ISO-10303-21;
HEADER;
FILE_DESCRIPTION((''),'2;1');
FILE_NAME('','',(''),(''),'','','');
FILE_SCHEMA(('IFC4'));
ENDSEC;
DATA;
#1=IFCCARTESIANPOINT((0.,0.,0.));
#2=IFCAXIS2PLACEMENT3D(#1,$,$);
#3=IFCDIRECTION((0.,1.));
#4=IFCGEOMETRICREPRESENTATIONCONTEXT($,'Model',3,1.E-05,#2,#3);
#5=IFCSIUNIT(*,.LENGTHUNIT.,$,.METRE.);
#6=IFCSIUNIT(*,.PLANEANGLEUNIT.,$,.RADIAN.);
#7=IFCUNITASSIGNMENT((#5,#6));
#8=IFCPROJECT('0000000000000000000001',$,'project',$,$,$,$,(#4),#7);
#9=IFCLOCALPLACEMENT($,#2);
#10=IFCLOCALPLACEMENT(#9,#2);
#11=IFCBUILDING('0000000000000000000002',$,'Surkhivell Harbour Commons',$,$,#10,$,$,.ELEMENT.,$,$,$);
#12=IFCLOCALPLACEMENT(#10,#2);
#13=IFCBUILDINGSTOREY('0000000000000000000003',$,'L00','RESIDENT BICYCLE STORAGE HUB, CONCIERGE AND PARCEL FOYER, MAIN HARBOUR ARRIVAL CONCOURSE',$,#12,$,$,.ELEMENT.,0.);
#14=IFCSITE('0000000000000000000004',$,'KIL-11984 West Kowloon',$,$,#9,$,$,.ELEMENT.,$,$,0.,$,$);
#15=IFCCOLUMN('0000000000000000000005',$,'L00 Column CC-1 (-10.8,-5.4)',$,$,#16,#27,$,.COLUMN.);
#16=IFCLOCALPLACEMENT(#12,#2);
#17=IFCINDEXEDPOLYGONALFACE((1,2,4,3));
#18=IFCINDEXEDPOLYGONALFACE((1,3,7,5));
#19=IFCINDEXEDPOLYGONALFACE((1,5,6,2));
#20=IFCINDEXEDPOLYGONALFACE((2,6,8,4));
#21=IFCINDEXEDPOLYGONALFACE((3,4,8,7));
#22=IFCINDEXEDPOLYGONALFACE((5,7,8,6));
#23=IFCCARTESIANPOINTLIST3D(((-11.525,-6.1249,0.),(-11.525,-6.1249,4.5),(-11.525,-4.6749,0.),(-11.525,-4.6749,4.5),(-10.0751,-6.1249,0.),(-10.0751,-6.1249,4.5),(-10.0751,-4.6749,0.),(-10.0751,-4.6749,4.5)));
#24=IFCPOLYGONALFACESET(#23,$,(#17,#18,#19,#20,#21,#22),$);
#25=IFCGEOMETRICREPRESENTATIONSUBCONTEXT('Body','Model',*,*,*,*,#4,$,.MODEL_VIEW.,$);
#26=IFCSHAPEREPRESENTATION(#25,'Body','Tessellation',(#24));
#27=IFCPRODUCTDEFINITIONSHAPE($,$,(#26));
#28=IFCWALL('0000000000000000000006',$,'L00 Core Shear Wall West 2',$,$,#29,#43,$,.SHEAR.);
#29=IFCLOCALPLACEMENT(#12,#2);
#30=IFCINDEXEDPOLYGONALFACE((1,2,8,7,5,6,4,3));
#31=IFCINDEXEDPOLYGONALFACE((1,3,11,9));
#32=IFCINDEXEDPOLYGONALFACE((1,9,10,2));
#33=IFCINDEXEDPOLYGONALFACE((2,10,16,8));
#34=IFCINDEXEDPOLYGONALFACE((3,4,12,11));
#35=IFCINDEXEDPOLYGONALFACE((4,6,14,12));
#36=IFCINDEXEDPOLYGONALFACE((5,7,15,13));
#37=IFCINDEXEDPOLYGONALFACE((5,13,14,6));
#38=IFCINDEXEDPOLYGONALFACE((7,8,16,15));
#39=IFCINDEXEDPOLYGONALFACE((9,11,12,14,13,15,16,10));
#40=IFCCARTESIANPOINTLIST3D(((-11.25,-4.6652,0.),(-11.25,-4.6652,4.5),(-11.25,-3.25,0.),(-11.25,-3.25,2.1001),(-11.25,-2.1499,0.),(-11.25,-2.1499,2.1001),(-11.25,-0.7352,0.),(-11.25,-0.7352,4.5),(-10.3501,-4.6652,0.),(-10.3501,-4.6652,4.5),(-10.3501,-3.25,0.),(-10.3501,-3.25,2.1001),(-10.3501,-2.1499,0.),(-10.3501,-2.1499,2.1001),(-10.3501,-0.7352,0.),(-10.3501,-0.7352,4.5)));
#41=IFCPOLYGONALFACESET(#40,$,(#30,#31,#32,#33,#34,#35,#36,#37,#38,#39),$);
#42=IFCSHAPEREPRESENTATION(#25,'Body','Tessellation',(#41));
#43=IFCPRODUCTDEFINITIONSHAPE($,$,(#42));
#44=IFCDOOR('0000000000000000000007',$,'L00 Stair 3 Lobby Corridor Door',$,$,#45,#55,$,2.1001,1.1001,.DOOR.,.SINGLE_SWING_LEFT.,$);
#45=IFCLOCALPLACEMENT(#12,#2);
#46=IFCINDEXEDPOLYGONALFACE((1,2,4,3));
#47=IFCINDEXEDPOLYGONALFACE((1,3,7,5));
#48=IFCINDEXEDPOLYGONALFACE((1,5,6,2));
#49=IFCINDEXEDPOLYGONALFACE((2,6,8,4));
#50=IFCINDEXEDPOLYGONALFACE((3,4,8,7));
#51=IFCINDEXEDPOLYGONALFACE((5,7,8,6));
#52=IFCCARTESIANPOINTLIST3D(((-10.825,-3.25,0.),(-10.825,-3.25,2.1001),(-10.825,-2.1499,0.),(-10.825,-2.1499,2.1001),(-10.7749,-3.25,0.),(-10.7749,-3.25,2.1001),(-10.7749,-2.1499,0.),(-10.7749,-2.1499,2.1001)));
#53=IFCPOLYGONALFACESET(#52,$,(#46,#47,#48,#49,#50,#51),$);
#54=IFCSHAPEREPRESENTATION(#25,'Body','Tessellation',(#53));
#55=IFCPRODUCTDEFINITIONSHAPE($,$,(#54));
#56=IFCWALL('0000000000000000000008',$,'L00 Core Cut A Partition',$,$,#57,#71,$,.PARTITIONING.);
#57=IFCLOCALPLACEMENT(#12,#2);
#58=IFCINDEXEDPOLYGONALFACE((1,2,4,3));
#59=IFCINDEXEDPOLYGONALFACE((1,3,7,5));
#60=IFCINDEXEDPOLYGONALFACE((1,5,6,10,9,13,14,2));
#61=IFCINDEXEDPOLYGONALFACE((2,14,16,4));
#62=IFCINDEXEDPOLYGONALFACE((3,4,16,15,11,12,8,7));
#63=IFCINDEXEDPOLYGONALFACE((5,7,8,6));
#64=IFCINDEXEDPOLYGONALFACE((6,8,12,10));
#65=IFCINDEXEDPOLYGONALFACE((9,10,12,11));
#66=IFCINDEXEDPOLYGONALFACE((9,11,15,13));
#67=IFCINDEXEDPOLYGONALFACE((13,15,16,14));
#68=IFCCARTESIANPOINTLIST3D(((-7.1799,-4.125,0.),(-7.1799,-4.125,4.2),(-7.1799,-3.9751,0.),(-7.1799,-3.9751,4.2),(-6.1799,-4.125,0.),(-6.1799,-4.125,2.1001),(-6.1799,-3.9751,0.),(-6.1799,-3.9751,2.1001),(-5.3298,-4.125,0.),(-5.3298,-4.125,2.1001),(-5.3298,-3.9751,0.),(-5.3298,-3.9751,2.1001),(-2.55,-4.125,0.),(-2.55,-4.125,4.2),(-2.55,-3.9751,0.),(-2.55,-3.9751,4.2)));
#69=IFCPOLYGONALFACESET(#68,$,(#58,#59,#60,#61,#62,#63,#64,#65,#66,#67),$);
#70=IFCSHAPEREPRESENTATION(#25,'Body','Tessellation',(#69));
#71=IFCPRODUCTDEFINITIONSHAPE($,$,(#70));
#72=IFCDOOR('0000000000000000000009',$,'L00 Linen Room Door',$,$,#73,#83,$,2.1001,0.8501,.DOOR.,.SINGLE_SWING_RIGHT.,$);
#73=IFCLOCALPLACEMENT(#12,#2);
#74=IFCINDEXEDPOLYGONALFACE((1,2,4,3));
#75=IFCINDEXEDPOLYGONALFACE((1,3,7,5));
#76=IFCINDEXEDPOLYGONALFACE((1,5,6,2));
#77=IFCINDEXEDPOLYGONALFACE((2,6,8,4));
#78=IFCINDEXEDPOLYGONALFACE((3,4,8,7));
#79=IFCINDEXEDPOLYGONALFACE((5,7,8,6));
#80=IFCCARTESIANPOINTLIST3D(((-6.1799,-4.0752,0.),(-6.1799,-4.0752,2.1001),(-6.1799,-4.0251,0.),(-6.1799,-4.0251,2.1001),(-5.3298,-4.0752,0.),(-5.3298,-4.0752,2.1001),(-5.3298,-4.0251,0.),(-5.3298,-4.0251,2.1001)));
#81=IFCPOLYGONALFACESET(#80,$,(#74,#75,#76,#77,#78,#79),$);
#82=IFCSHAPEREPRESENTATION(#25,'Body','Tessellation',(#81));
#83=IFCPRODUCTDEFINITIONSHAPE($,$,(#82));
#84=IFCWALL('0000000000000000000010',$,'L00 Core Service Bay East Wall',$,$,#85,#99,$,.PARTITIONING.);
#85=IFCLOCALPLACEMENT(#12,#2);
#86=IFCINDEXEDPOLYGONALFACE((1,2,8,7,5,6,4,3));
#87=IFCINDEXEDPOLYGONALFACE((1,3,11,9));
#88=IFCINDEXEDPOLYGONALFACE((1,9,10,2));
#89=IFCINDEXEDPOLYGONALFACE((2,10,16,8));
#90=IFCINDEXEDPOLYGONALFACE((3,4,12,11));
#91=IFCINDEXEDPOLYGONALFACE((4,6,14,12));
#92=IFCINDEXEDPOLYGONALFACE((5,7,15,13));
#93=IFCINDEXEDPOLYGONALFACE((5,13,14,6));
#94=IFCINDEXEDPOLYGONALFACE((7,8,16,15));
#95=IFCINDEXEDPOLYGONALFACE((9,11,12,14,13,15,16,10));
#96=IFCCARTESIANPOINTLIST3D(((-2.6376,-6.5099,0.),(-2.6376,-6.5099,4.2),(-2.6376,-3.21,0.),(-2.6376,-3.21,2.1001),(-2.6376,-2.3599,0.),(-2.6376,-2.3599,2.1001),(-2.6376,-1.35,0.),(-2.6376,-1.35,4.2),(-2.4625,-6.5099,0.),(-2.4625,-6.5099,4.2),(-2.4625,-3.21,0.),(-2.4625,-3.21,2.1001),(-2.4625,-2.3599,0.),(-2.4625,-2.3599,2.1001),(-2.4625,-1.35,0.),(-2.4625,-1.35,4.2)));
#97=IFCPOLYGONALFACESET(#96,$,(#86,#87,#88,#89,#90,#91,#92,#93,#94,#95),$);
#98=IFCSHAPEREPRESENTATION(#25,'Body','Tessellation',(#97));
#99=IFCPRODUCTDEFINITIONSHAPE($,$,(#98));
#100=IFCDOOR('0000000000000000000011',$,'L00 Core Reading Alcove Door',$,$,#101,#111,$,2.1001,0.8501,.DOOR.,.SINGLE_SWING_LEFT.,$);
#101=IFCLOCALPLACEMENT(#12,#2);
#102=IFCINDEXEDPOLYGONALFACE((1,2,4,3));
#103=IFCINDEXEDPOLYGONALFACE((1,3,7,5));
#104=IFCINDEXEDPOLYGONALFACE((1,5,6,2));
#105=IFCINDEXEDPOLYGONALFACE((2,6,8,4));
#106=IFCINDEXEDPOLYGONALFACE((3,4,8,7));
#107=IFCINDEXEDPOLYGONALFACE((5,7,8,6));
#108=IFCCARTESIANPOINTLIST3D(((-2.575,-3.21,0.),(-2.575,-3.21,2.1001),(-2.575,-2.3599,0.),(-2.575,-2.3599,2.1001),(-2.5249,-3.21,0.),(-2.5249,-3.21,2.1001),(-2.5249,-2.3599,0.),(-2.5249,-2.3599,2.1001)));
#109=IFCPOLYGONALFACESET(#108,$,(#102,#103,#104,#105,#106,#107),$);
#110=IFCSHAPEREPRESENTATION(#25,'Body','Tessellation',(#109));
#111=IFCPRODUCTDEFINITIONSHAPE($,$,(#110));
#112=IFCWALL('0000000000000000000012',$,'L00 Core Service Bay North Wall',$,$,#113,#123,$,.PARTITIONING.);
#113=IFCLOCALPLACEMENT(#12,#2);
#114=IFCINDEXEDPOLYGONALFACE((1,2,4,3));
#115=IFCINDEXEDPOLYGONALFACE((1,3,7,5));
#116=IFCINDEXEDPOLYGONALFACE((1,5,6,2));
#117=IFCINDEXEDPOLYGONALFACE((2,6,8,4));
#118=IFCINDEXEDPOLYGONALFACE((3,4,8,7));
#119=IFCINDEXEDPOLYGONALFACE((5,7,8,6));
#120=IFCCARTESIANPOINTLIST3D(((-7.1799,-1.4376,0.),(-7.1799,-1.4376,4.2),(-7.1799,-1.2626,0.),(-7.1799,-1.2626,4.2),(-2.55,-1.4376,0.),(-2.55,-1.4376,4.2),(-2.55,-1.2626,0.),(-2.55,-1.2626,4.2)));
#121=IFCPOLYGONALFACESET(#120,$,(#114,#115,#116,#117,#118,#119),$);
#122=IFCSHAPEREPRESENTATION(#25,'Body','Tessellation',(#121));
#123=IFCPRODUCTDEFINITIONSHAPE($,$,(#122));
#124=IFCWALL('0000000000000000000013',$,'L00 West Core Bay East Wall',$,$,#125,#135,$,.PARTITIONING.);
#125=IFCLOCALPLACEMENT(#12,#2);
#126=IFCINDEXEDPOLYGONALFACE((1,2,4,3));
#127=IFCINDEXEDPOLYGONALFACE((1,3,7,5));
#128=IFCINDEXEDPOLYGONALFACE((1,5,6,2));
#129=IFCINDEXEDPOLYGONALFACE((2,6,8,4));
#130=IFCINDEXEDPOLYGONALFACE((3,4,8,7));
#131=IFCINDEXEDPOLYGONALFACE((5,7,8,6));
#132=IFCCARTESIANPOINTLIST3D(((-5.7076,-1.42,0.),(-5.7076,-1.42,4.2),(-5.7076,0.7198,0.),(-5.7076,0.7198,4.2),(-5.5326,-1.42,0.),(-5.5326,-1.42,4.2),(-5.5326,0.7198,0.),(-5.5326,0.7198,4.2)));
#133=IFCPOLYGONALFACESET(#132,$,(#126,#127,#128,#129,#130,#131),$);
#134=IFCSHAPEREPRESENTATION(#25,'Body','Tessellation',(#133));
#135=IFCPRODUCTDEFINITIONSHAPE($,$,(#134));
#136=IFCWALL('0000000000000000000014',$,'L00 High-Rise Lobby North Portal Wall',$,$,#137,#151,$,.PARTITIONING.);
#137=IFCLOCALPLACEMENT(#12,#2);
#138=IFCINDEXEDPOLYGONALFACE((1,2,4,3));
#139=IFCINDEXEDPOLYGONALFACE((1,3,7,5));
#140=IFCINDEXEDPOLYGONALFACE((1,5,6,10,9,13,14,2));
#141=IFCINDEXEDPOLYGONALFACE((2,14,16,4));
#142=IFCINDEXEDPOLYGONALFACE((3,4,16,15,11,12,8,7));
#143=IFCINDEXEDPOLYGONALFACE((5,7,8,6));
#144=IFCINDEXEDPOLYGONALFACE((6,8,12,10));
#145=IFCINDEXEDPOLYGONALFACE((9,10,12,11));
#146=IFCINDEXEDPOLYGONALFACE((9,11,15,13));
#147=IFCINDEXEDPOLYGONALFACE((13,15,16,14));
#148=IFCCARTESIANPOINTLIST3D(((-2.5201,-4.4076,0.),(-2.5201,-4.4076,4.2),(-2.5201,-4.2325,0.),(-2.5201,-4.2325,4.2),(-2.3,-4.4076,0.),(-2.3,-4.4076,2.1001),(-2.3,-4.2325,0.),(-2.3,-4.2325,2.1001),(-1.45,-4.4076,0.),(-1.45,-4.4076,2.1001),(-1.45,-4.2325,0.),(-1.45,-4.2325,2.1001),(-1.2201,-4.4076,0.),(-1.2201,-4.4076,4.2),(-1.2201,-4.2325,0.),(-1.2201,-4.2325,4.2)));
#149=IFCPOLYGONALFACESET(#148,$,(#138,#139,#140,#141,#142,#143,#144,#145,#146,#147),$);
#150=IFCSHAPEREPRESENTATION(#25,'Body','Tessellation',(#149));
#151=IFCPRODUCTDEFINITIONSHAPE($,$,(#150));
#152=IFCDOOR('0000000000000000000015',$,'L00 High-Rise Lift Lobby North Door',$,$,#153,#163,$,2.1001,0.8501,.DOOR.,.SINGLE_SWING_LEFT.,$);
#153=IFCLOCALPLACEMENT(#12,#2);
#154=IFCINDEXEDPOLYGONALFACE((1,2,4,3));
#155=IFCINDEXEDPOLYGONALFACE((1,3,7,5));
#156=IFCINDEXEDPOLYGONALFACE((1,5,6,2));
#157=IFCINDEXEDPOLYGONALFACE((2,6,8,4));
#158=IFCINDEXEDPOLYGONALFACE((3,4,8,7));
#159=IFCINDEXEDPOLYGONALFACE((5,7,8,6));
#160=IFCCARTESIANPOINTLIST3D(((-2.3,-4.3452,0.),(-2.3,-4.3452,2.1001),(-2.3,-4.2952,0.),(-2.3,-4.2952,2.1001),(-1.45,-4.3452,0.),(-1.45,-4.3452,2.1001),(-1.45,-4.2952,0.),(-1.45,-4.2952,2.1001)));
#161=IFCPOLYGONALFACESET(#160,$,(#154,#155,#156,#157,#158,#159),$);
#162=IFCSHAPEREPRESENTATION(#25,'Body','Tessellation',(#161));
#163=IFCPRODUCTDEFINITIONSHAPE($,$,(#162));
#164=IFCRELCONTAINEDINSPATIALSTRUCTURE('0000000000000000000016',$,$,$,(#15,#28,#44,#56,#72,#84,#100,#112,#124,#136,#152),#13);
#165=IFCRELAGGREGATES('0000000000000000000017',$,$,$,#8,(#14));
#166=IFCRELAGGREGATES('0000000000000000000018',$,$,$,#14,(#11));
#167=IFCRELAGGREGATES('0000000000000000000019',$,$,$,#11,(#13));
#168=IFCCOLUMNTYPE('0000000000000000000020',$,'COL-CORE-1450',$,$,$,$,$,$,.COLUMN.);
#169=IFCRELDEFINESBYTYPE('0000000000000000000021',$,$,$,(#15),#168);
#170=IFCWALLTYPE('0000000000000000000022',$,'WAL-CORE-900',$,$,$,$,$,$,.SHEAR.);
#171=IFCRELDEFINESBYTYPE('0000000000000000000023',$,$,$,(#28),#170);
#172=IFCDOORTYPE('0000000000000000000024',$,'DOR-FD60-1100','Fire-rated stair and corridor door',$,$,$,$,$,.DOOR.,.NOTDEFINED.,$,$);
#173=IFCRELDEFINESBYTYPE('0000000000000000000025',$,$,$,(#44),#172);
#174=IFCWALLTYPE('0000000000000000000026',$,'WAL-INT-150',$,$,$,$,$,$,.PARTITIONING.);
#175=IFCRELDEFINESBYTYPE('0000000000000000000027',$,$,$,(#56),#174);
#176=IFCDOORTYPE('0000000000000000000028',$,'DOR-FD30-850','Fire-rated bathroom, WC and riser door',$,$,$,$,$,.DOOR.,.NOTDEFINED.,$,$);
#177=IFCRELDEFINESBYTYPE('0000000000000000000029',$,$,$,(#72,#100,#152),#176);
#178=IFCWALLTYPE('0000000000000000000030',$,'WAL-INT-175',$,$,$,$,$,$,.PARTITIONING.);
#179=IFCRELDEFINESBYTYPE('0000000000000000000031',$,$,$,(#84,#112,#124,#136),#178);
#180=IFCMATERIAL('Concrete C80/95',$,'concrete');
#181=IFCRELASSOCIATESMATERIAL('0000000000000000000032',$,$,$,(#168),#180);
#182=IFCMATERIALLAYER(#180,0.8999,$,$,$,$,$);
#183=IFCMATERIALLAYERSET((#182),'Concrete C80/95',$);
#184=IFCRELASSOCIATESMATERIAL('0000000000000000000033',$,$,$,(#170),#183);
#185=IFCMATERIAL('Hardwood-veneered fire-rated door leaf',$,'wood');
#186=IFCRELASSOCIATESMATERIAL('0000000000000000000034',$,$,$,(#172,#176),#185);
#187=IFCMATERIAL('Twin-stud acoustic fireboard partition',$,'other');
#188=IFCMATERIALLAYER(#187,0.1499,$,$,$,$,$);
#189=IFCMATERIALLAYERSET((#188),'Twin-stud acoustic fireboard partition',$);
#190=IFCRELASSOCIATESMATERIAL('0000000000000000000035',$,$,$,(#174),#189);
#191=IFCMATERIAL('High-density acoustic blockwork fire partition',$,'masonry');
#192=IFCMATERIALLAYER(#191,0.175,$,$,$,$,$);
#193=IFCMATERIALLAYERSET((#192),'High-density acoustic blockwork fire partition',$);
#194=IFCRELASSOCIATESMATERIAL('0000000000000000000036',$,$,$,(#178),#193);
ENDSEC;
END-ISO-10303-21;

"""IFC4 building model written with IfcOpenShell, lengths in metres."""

from ifc_helpers import new_model, si_unit, direction, frame, frame_2d, origin, origin_2d, place, context, subcontext, project, spatial, rectangle, extrude, material, layer, layer_set, material_profile, profile_set, type_object, element, fill, save


model = new_model("IFC4")

# Units and contexts
model_context = context("Model", 3, precision=1e-05, world=origin(), true_north=direction((0.0, 1.0)))
body_context = subcontext(model_context, "Body", "Model", "MODEL_VIEW")
ifc_project = project(units=[si_unit("LENGTHUNIT", "METRE"), si_unit("PLANEANGLEUNIT", "RADIAN")], contexts=[model_context])

# Site, building, storey
site_placement = place(None, origin())
site = spatial("IfcSite", under=ifc_project, at=site_placement, Name="KIL-11984 West Kowloon", CompositionType="ELEMENT", RefElevation=0.0)
building_placement = place(site_placement, origin())
building = spatial("IfcBuilding", under=site, at=building_placement, Name="Surkhivell Harbour Commons", CompositionType="ELEMENT")
storey_placement = place(building_placement, origin())
storey = spatial("IfcBuildingStorey", under=building, at=storey_placement, Name="L00", Description="RESIDENT BICYCLE STORAGE HUB, CONCIERGE AND PARCEL FOYER, MAIN HARBOUR ARRIVAL CONCOURSE", CompositionType="ELEMENT", Elevation=0.0)

# Column
ifc_material_1 = material(Name="Concrete C80/95", Category="concrete")
ifc_material_profile = material_profile(ifc_material_1, rectangle(XDim=1.45, YDim=1.45, at=origin_2d()), Name="RC-COL-1450x1450")
ifc_profile_set = profile_set([ifc_material_profile], Name="Concrete C80/95")
column_type = type_object("IfcColumnType", Name="COL-CORE-1450", PredefinedType="COLUMN", material=ifc_profile_set)
column_placement = place(storey_placement, frame((-10.8, -5.3999, 0.0), z_axis=(0.0, 0.0, 1.0), x_axis=(1.0, 0.0, 0.0)))
element("IfcColumn", 1, at=column_placement, inside=storey, type_object=column_type, Name="L00 Column CC-1 (-10.8,-5.4)", PredefinedType="COLUMN", context=body_context, shape_type="SweptSolid", body=[
    extrude(rectangle(XDim=1.45, YDim=1.45, at=origin_2d()), origin(), (0.0, 0.0, 1.0), 4.5),
])

# Walls, openings, doors
ifc_layer_1 = layer(ifc_material_1, 0.8999)
ifc_layer_set_1 = layer_set([ifc_layer_1], Name="Concrete C80/95")
wall_type_1 = type_object("IfcWallType", Name="WAL-CORE-900", PredefinedType="SHEAR", material=ifc_layer_set_1)
wall_1_placement = place(storey_placement, frame((-10.8, -4.665, 0.0), z_axis=(0.0, 0.0, 1.0), x_axis=(0.0, 1.0, 0.0)))
wall_1 = element("IfcWall", 2, at=wall_1_placement, inside=storey, type_object=wall_type_1, Name="L00 Core Shear Wall West 2", PredefinedType="SHEAR", context=body_context, shape_type="SweptSolid", body=[
    extrude(rectangle(XDim=3.9299, YDim=0.8999, at=frame_2d((1.9648, 0.0))), origin(), (0.0, 0.0, 1.0), 4.5),
])
opening_1_placement = place(wall_1_placement, frame((1.415, 0.0, 0.0)))
opening_1 = element("IfcOpeningElement", 3, at=opening_1_placement, cuts=wall_1, PredefinedType="OPENING", context=body_context, shape_type="SweptSolid", body=[
    extrude(rectangle(XDim=1.1001, YDim=2.1001, at=frame_2d((0.55, 1.05))), frame((0.0, 0.46, 0.0), z_axis=(0.0, -1.0, 0.0), x_axis=(1.0, 0.0, 0.0)), (0.0, 0.0, 1.0), 0.9199),
])
ifc_material_2 = material(Name="Hardwood-veneered fire-rated door leaf", Category="wood")
door_type_1 = type_object("IfcDoorType", Name="DOR-FD60-1100", Description="Fire-rated stair and corridor door", OperationType="NOTDEFINED", PredefinedType="DOOR", material=ifc_material_2)
door_1_placement = place(opening_1_placement, origin())
door_1 = element("IfcDoor", 4, at=door_1_placement, inside=storey, type_object=door_type_1, Name="L00 Stair 3 Lobby Corridor Door", OperationType="SINGLE_SWING_LEFT", OverallHeight=2.1001, OverallWidth=1.1001, PredefinedType="DOOR", context=body_context, shape_type="SweptSolid", body=[
    extrude(rectangle(XDim=1.1001, YDim=2.1001, at=frame_2d((0.55, 1.05))), frame((0.0, 0.0249, 0.0), z_axis=(0.0, -1.0, 0.0), x_axis=(1.0, 0.0, 0.0)), (0.0, 0.0, 1.0), 0.05),
])
fill(opening_1, door_1)
ifc_material_3 = material(Name="Twin-stud acoustic fireboard partition", Category="other")
ifc_layer_2 = layer(ifc_material_3, 0.1499)
ifc_layer_set_2 = layer_set([ifc_layer_2], Name="Twin-stud acoustic fireboard partition")
wall_type_2 = type_object("IfcWallType", Name="WAL-INT-150", PredefinedType="PARTITIONING", material=ifc_layer_set_2)
wall_2_placement = place(storey_placement, frame((-7.1799, -4.05, 0.0), z_axis=(0.0, 0.0, 1.0), x_axis=(1.0, 0.0, 0.0)))
wall_2 = element("IfcWall", 5, at=wall_2_placement, inside=storey, type_object=wall_type_2, Name="L00 Core Cut A Partition", PredefinedType="PARTITIONING", context=body_context, shape_type="SweptSolid", body=[
    extrude(rectangle(XDim=4.6299, YDim=0.1499, at=frame_2d((2.3149, 0.0))), origin(), (0.0, 0.0, 1.0), 4.2),
])
opening_2_placement = place(wall_2_placement, frame((1.0, 0.0, 0.0)))
opening_2 = element("IfcOpeningElement", 6, at=opening_2_placement, cuts=wall_2, PredefinedType="OPENING", context=body_context, shape_type="SweptSolid", body=[
    extrude(rectangle(XDim=0.8501, YDim=2.1001, at=frame_2d((0.425, 1.05))), frame((0.0, 0.085, 0.0), z_axis=(0.0, -1.0, 0.0), x_axis=(1.0, 0.0, 0.0)), (0.0, 0.0, 1.0), 0.1699),
])
door_type_2 = type_object("IfcDoorType", Name="DOR-FD30-850", Description="Fire-rated bathroom, WC and riser door", OperationType="NOTDEFINED", PredefinedType="DOOR", material=ifc_material_2)
door_2_placement = place(opening_2_placement, origin())
door_2 = element("IfcDoor", 7, at=door_2_placement, inside=storey, type_object=door_type_2, Name="L00 Linen Room Door", OperationType="SINGLE_SWING_RIGHT", OverallHeight=2.1001, OverallWidth=0.8501, PredefinedType="DOOR", context=body_context, shape_type="SweptSolid", body=[
    extrude(rectangle(XDim=0.8501, YDim=2.1001, at=frame_2d((0.425, 1.05))), frame((0.0, 0.0249, 0.0), z_axis=(0.0, -1.0, 0.0), x_axis=(1.0, 0.0, 0.0)), (0.0, 0.0, 1.0), 0.05),
])
fill(opening_2, door_2)
ifc_material_4 = material(Name="High-density acoustic blockwork fire partition", Category="masonry")
ifc_layer_3 = layer(ifc_material_4, 0.175)
ifc_layer_set_3 = layer_set([ifc_layer_3], Name="High-density acoustic blockwork fire partition")
wall_type_3 = type_object("IfcWallType", Name="WAL-INT-175", PredefinedType="PARTITIONING", material=ifc_layer_set_3)
wall_3_placement = place(storey_placement, frame((-2.55, -6.51, 0.0), z_axis=(0.0, 0.0, 1.0), x_axis=(0.0, 1.0, 0.0)))
wall_3 = element("IfcWall", 8, at=wall_3_placement, inside=storey, type_object=wall_type_3, Name="L00 Core Service Bay East Wall", PredefinedType="PARTITIONING", context=body_context, shape_type="SweptSolid", body=[
    extrude(rectangle(XDim=5.1599, YDim=0.175, at=frame_2d((2.5801, 0.0))), origin(), (0.0, 0.0, 1.0), 4.2),
])
opening_3_placement = place(wall_3_placement, frame((3.3, 0.0, 0.0)))
opening_3 = element("IfcOpeningElement", 9, at=opening_3_placement, cuts=wall_3, PredefinedType="OPENING", context=body_context, shape_type="SweptSolid", body=[
    extrude(rectangle(XDim=0.8501, YDim=2.1001, at=frame_2d((0.425, 1.05))), frame((0.0, 0.0974, 0.0), z_axis=(0.0, -1.0, 0.0), x_axis=(1.0, 0.0, 0.0)), (0.0, 0.0, 1.0), 0.1951),
])
door_3_placement = place(opening_3_placement, origin())
door_3 = element("IfcDoor", 10, at=door_3_placement, inside=storey, type_object=door_type_2, Name="L00 Core Reading Alcove Door", OperationType="SINGLE_SWING_LEFT", OverallHeight=2.1001, OverallWidth=0.8501, PredefinedType="DOOR", context=body_context, shape_type="SweptSolid", body=[
    extrude(rectangle(XDim=0.8501, YDim=2.1001, at=frame_2d((0.425, 1.05))), frame((0.0, 0.0249, 0.0), z_axis=(0.0, -1.0, 0.0), x_axis=(1.0, 0.0, 0.0)), (0.0, 0.0, 1.0), 0.05),
])
fill(opening_3, door_3)

# Walls
wall_4_placement = place(storey_placement, frame((-7.1799, -1.3501, 0.0), z_axis=(0.0, 0.0, 1.0), x_axis=(1.0, 0.0, 0.0)))
element("IfcWall", 11, at=wall_4_placement, inside=storey, type_object=wall_type_3, Name="L00 Core Service Bay North Wall", PredefinedType="PARTITIONING", context=body_context, shape_type="SweptSolid", body=[
    extrude(rectangle(XDim=4.6299, YDim=0.175, at=frame_2d((2.3149, 0.0))), origin(), (0.0, 0.0, 1.0), 4.2),
])
wall_5_placement = place(storey_placement, frame((-5.6201, -1.4199, 0.0), z_axis=(0.0, 0.0, 1.0), x_axis=(0.0, 1.0, 0.0)))
element("IfcWall", 12, at=wall_5_placement, inside=storey, type_object=wall_type_3, Name="L00 West Core Bay East Wall", PredefinedType="PARTITIONING", context=body_context, shape_type="SweptSolid", body=[
    extrude(rectangle(XDim=2.1399, YDim=0.175, at=frame_2d((1.0698, 0.0))), origin(), (0.0, 0.0, 1.0), 4.2),
])

# Wall, opening, door
wall_6_placement = place(storey_placement, frame((-2.52, -4.3201, 0.0), z_axis=(0.0, 0.0, 1.0), x_axis=(1.0, 0.0, 0.0)))
wall_6 = element("IfcWall", 13, at=wall_6_placement, inside=storey, type_object=wall_type_3, Name="L00 High-Rise Lobby North Portal Wall", PredefinedType="PARTITIONING", context=body_context, shape_type="SweptSolid", body=[
    extrude(rectangle(XDim=1.3, YDim=0.175, at=frame_2d((0.6499, 0.0))), origin(), (0.0, 0.0, 1.0), 4.2),
])
opening_4_placement = place(wall_6_placement, frame((0.22, 0.0, 0.0)))
opening_4 = element("IfcOpeningElement", 14, at=opening_4_placement, cuts=wall_6, PredefinedType="OPENING", context=body_context, shape_type="SweptSolid", body=[
    extrude(rectangle(XDim=0.8501, YDim=2.1001, at=frame_2d((0.425, 1.05))), frame((0.0, 0.0974, 0.0), z_axis=(0.0, -1.0, 0.0), x_axis=(1.0, 0.0, 0.0)), (0.0, 0.0, 1.0), 0.1951),
])
door_4_placement = place(opening_4_placement, origin())
door_4 = element("IfcDoor", 15, at=door_4_placement, inside=storey, type_object=door_type_2, Name="L00 High-Rise Lift Lobby North Door", OperationType="SINGLE_SWING_LEFT", OverallHeight=2.1001, OverallWidth=0.8501, PredefinedType="DOOR", context=body_context, shape_type="SweptSolid", body=[
    extrude(rectangle(XDim=0.8501, YDim=2.1001, at=frame_2d((0.425, 1.05))), frame((0.0, 0.0249, 0.0), z_axis=(0.0, -1.0, 0.0), x_axis=(1.0, 0.0, 0.0)), (0.0, 0.0, 1.0), 0.05),
])
fill(opening_4, door_4)

save(model, "model.ifc")
